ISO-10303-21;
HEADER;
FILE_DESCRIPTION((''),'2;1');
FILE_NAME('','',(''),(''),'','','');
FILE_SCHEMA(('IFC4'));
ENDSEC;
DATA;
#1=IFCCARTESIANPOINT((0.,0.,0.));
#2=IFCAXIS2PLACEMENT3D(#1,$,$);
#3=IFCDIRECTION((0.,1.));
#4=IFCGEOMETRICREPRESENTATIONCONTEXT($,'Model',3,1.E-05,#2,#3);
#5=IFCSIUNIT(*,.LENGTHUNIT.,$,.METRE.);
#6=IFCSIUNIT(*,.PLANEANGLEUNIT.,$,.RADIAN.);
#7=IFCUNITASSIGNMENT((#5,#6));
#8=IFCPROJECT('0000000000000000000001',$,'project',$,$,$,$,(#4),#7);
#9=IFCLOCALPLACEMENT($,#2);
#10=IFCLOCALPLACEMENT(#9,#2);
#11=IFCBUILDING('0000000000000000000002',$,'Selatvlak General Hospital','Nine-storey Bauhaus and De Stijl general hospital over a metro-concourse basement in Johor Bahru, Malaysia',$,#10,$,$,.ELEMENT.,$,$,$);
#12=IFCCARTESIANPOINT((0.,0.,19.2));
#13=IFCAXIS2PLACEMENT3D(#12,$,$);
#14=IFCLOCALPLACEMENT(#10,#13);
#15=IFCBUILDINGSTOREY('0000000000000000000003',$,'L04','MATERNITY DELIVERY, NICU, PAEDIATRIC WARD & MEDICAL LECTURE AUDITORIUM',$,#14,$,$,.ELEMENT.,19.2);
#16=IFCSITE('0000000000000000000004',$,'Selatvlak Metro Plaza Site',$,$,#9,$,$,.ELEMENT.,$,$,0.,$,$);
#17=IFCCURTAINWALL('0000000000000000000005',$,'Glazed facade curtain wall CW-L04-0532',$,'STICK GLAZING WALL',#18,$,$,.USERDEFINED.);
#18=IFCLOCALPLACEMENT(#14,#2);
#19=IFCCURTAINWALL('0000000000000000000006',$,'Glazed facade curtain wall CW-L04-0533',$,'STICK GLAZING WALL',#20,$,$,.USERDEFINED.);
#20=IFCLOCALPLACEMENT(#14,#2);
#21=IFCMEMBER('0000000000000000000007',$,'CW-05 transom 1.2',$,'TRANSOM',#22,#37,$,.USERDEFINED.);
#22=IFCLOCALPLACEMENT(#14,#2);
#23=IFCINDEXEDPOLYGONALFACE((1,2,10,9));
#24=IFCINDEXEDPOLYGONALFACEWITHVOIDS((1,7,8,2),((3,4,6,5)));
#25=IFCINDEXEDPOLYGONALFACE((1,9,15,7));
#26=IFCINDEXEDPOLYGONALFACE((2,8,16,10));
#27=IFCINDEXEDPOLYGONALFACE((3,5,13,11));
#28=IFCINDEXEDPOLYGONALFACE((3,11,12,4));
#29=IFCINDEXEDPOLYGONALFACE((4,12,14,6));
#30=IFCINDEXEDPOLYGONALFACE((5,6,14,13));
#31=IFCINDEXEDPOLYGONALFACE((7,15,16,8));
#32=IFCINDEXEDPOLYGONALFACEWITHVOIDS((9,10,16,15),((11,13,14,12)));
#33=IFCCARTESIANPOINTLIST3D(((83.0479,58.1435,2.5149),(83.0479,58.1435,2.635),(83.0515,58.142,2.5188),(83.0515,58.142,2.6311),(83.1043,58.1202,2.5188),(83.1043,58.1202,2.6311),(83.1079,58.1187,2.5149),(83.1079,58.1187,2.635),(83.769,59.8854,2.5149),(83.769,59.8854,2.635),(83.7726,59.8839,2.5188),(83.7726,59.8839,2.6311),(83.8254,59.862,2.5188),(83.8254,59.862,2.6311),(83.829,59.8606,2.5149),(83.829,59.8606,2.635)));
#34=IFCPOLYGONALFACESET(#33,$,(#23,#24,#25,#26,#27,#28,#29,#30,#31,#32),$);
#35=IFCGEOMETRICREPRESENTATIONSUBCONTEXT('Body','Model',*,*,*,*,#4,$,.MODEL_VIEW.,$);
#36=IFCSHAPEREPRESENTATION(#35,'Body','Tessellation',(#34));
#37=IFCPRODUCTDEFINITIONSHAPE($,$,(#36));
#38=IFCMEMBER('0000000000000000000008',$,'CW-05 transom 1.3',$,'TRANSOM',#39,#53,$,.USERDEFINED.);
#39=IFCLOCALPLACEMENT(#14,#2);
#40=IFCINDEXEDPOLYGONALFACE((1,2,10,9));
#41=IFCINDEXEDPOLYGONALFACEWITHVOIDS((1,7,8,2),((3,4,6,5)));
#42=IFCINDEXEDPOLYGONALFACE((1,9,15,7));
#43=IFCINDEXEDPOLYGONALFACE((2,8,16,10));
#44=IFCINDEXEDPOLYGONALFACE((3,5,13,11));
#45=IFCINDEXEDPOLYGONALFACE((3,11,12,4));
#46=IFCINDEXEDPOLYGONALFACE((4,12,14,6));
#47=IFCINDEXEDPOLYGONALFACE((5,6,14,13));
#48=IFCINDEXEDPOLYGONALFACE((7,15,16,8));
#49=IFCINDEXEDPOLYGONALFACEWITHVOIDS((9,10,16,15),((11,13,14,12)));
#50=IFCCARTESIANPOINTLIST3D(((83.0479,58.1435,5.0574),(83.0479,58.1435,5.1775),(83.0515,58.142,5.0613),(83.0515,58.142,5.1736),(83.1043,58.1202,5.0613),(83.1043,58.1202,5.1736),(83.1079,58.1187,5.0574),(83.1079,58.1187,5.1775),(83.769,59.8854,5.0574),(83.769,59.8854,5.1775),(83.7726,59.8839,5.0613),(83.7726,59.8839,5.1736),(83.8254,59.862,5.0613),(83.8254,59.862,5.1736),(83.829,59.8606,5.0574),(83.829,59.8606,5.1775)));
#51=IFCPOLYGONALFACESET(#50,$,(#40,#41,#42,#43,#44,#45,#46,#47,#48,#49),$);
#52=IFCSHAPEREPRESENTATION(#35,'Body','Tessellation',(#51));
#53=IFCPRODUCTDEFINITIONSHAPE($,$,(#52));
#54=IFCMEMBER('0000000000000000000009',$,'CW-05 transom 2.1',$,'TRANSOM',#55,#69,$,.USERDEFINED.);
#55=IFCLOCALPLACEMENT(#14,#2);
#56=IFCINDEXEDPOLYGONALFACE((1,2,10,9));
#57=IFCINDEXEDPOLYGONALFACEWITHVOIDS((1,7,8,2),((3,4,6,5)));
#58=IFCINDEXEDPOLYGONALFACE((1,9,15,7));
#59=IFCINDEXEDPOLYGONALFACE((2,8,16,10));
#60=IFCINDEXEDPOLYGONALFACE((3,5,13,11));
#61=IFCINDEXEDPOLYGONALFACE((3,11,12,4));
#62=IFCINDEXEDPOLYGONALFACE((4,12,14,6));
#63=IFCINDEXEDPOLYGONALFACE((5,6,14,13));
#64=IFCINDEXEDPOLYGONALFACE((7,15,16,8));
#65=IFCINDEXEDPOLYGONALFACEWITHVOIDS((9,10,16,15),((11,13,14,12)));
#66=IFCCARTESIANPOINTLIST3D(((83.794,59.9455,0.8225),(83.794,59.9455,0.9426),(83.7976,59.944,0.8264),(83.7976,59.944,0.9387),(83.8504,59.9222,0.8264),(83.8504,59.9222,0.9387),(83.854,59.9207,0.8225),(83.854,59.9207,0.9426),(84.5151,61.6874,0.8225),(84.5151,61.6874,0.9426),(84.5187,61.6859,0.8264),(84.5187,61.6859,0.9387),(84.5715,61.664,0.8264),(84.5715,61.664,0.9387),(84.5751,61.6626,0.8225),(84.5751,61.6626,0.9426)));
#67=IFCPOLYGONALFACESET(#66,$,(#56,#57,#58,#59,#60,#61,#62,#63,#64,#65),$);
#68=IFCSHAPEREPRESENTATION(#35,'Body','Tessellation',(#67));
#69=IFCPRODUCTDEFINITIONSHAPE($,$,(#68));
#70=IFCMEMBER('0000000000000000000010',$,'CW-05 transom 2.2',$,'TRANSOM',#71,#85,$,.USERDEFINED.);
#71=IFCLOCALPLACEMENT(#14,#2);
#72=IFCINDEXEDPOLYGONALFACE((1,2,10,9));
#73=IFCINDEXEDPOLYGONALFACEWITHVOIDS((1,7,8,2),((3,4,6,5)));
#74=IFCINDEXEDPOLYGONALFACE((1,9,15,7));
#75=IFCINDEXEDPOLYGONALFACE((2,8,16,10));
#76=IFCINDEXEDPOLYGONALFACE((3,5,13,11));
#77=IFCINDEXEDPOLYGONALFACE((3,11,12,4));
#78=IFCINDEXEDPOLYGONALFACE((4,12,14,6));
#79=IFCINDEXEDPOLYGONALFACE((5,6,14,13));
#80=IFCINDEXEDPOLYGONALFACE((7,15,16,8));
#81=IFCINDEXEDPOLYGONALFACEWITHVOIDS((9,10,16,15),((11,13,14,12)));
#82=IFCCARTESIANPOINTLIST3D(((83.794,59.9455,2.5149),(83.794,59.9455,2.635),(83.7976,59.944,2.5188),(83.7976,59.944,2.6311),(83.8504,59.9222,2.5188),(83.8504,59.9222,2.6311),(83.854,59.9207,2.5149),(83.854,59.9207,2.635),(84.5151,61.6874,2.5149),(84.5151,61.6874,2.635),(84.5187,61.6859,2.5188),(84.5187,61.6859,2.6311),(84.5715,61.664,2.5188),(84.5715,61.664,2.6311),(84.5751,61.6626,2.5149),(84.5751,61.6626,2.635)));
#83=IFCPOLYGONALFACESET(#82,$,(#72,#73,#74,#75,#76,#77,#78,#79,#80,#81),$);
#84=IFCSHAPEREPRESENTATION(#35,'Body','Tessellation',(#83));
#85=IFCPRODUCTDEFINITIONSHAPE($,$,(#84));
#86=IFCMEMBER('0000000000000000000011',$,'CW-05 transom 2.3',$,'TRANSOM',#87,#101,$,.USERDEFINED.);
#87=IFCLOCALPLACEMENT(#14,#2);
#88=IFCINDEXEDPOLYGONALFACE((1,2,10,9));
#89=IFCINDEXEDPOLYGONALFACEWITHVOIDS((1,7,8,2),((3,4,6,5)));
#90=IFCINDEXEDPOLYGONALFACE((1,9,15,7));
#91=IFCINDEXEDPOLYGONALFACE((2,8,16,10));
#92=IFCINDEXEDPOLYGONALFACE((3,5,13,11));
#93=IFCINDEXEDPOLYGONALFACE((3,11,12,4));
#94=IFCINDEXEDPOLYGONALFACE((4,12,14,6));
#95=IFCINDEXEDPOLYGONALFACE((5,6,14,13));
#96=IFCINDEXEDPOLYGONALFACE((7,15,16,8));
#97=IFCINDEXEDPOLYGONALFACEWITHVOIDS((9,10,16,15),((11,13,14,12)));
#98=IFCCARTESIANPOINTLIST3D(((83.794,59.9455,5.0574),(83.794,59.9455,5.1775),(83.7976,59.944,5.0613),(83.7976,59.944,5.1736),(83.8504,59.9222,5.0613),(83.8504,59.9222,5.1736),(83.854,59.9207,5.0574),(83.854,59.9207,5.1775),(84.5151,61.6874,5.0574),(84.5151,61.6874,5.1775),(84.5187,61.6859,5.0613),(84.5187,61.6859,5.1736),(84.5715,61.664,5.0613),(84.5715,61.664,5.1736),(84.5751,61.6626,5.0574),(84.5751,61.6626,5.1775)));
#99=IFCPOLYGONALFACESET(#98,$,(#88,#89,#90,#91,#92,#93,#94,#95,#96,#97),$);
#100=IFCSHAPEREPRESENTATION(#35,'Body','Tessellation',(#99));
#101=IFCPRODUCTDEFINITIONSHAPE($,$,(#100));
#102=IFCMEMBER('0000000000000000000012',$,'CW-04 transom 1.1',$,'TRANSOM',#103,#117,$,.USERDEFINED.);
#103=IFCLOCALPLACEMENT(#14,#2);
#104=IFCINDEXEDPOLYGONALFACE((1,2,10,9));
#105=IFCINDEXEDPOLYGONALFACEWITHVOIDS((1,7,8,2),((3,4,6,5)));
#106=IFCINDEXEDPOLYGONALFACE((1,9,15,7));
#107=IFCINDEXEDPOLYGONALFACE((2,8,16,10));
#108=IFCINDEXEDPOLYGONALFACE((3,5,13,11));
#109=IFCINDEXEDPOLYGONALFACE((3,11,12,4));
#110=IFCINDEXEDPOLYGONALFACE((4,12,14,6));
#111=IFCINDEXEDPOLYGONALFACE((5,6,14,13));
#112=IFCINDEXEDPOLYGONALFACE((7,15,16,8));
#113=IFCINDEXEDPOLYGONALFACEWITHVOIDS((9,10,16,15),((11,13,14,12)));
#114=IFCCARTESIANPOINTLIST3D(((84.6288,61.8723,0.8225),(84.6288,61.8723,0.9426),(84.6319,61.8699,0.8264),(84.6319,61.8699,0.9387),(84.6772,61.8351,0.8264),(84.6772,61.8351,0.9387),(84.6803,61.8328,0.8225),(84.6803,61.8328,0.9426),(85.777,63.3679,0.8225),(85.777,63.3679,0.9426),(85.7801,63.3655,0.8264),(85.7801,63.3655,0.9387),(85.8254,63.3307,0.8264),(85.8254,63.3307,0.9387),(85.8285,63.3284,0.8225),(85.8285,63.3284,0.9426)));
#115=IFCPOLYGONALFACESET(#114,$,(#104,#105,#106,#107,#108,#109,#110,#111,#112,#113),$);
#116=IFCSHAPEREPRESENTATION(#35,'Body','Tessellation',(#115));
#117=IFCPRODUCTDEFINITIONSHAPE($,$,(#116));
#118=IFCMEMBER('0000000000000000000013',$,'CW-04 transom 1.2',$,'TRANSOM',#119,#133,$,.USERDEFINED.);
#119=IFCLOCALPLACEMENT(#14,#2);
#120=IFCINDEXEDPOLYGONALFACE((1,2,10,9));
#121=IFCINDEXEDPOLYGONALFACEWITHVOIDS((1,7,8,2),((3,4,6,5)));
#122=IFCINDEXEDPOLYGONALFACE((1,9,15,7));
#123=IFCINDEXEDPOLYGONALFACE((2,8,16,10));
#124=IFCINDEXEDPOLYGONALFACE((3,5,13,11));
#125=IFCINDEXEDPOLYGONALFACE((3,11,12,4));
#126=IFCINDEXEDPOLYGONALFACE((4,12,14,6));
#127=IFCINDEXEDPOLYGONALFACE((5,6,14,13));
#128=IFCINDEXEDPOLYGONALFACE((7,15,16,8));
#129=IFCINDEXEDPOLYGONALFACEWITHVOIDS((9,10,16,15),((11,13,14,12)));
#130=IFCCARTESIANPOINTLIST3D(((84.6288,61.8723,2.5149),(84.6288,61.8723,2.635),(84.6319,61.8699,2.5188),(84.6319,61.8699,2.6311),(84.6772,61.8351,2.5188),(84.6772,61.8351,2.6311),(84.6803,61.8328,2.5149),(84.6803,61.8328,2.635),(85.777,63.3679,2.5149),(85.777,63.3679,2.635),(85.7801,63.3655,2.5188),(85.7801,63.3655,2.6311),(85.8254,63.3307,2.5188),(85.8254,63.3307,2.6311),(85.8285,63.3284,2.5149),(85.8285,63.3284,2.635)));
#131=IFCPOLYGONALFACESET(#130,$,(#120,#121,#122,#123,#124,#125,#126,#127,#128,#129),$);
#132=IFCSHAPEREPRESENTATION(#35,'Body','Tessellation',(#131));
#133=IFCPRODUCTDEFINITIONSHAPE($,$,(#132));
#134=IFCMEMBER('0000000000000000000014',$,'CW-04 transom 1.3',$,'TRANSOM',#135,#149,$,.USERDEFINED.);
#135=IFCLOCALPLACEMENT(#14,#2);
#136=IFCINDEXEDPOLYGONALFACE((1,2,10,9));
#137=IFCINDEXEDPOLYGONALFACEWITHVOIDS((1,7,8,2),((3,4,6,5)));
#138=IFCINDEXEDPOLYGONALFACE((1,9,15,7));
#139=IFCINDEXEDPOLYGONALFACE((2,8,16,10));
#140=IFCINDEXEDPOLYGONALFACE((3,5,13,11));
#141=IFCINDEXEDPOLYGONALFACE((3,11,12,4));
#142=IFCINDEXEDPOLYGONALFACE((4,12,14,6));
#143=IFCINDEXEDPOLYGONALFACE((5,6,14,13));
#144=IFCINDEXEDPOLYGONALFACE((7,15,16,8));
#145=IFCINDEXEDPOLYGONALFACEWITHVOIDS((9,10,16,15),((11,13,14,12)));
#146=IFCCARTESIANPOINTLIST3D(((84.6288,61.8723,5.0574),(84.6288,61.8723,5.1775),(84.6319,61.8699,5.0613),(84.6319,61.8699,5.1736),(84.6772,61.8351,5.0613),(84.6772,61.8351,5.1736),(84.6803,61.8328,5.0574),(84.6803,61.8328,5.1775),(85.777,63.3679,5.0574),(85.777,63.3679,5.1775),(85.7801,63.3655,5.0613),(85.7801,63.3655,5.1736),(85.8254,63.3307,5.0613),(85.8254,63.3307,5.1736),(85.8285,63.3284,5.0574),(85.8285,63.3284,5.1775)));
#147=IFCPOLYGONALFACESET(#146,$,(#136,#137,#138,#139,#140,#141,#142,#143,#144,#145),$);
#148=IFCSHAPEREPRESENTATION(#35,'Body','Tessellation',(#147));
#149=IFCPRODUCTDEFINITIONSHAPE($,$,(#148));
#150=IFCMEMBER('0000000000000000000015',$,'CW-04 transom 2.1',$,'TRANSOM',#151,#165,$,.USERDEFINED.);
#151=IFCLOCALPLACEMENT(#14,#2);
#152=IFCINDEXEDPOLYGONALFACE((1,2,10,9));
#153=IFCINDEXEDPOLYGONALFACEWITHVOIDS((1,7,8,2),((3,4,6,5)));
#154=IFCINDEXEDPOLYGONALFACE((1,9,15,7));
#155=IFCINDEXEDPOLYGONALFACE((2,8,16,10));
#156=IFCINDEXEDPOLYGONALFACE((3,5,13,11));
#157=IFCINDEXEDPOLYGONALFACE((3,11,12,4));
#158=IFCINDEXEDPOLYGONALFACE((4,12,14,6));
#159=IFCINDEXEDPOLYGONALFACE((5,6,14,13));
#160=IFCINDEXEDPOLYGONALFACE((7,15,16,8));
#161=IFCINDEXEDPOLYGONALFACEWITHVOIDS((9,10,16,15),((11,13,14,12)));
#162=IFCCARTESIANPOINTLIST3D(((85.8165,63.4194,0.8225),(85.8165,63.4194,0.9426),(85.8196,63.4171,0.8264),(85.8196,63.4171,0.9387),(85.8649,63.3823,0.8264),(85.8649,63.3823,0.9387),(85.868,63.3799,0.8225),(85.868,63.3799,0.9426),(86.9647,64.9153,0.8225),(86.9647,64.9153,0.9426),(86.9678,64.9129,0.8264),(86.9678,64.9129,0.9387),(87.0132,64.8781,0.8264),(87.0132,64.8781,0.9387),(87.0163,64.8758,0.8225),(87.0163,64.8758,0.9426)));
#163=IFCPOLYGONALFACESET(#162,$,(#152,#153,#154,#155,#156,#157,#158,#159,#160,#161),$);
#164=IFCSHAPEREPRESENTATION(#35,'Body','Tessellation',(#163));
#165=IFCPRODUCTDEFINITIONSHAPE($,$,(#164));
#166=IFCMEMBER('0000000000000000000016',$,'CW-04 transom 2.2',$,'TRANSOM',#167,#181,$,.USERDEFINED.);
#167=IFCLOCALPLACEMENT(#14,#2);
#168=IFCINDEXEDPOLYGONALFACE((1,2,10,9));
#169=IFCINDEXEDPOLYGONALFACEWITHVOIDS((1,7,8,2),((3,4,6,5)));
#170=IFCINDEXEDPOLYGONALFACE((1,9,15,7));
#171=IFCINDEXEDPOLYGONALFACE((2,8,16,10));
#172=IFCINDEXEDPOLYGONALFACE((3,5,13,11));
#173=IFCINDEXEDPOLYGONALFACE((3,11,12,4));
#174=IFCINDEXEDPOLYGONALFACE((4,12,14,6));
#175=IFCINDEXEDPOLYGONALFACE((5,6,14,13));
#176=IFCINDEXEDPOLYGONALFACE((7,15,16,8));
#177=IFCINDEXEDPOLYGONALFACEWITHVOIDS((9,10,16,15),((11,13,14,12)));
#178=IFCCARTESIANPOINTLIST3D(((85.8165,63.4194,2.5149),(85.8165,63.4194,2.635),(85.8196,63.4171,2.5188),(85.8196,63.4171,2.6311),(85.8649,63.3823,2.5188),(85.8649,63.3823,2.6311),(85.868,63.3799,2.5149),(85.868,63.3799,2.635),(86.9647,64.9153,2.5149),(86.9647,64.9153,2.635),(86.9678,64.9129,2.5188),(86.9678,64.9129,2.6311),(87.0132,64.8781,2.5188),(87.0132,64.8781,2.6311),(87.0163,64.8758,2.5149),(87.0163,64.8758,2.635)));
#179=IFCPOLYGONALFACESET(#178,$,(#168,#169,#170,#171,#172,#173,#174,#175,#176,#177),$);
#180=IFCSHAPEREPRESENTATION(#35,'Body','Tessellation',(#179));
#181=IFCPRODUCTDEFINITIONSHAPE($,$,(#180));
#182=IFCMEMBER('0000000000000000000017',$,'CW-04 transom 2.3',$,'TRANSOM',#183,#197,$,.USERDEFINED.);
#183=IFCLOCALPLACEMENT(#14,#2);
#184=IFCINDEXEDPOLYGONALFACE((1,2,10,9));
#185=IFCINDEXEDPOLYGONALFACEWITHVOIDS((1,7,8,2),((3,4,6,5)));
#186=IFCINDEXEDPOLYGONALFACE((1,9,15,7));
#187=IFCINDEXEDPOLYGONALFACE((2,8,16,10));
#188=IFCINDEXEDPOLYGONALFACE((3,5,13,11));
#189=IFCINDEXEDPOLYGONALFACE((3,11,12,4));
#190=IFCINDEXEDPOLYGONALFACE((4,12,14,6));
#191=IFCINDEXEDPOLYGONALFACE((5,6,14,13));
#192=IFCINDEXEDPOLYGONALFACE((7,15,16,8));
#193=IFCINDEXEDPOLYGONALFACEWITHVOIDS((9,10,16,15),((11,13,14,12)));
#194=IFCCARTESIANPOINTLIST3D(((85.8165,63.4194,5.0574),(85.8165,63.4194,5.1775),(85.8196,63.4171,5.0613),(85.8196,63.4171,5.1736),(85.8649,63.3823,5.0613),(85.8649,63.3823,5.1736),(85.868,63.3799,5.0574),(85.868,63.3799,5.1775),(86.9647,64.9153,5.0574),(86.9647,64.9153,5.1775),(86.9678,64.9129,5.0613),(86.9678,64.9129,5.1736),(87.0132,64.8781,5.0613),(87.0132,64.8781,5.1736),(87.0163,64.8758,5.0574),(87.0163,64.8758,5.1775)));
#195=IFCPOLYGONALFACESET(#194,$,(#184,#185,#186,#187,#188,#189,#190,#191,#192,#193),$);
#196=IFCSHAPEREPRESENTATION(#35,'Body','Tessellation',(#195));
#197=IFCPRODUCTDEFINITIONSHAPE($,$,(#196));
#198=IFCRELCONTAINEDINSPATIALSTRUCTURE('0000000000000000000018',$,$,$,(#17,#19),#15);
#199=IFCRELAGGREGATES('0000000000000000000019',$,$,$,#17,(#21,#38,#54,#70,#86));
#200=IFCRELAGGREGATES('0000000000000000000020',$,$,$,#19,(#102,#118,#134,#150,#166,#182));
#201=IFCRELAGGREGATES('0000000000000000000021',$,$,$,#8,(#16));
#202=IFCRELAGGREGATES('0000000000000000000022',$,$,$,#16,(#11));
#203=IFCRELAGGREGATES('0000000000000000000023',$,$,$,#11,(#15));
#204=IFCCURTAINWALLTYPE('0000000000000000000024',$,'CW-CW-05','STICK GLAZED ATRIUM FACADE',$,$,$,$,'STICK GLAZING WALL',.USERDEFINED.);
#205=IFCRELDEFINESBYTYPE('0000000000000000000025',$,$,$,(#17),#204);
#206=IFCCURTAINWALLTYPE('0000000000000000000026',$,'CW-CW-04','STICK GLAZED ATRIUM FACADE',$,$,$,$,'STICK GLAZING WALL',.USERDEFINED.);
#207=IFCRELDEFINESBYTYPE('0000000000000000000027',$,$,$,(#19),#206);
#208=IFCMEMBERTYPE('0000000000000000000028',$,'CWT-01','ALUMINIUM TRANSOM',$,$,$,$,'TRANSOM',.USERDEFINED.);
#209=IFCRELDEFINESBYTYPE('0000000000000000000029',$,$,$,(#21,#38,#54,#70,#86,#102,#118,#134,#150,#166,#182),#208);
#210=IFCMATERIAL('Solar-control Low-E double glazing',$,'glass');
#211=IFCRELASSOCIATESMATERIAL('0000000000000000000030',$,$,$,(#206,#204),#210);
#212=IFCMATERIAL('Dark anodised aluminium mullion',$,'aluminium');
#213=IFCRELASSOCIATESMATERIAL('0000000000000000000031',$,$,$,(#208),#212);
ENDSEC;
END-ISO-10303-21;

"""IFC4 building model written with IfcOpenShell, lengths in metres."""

from ifc_helpers import new_model, si_unit, direction, frame, origin, origin_2d, place, context, subcontext, project, spatial, hollow_rectangle, extrude, material, material_profile, profile_set, type_object, element, aggregate, save


model = new_model("IFC4")

# Units and contexts
model_context = context("Model", 3, precision=1e-05, world=origin(), true_north=direction((0.0, 1.0)))
body_context = subcontext(model_context, "Body", "Model", "MODEL_VIEW")
ifc_project = project(units=[si_unit("LENGTHUNIT", "METRE"), si_unit("PLANEANGLEUNIT", "RADIAN")], contexts=[model_context])

# Site, building, storey
site_placement = place(None, origin())
site = spatial("IfcSite", under=ifc_project, at=site_placement, Name="Selatvlak Metro Plaza Site", CompositionType="ELEMENT", RefElevation=0.0)
building_placement = place(site_placement, origin())
building = spatial("IfcBuilding", under=site, at=building_placement, Name="Selatvlak General Hospital", Description="Nine-storey Bauhaus and De Stijl general hospital over a metro-concourse basement in Johor Bahru, Malaysia", CompositionType="ELEMENT")
storey_placement = place(building_placement, frame((0.0, 0.0, 19.2)))
storey = spatial("IfcBuildingStorey", under=building, at=storey_placement, Name="L04", Description="MATERNITY DELIVERY, NICU, PAEDIATRIC WARD & MEDICAL LECTURE AUDITORIUM", CompositionType="ELEMENT", Elevation=19.2)

# Shared definitions
ifc_material_1 = material(Name="Solar-control Low-E double glazing", Category="glass")
curtain_wall_type_1 = type_object("IfcCurtainWallType", Name="CW-CW-04", Description="STICK GLAZED ATRIUM FACADE", ElementType="STICK GLAZING WALL", PredefinedType="USERDEFINED", material=ifc_material_1)
ifc_material_2 = material(Name="Dark anodised aluminium mullion", Category="aluminium")

# Curtain walls
curtain_wall_type_2 = type_object("IfcCurtainWallType", Name="CW-CW-05", Description="STICK GLAZED ATRIUM FACADE", ElementType="STICK GLAZING WALL", PredefinedType="USERDEFINED", material=ifc_material_1)
curtain_wall_1_placement = place(storey_placement, origin())
curtain_wall_1 = element("IfcCurtainWall", 1, at=curtain_wall_1_placement, inside=storey, type_object=curtain_wall_type_2, Name="Glazed facade curtain wall CW-L04-0532", ObjectType="STICK GLAZING WALL", PredefinedType="USERDEFINED")
curtain_wall_2_placement = place(storey_placement, origin())
curtain_wall_2 = element("IfcCurtainWall", 2, at=curtain_wall_2_placement, inside=storey, type_object=curtain_wall_type_1, Name="Glazed facade curtain wall CW-L04-0533", ObjectType="STICK GLAZING WALL", PredefinedType="USERDEFINED")

# Members
ifc_material_profile_1 = material_profile(ifc_material_2, hollow_rectangle(XDim=0.0649, YDim=0.1201, WallThickness=0.0039, at=origin_2d()), Name="AL-TRN 65x120x4")
ifc_profile_set_1 = profile_set([ifc_material_profile_1], Name="Dark anodised aluminium mullion")
member_type_1 = type_object("IfcMemberType", Name="CWT-01", Description="ALUMINIUM TRANSOM", ElementType="TRANSOM", PredefinedType="USERDEFINED", material=ifc_profile_set_1)
member_1_placement = place(storey_placement, frame((83.0779, 58.1311, 2.575), z_axis=(0.382527, 0.923944, 0.0), x_axis=(-0.923944, 0.382527, 0.0)))
member_1 = element("IfcMember", 3, at=member_1_placement, type_object=member_type_1, Name="CW-05 transom 1.2", ObjectType="TRANSOM", PredefinedType="USERDEFINED", context=body_context, shape_type="SweptSolid", body=[
    extrude(hollow_rectangle(XDim=0.0649, YDim=0.1201, WallThickness=0.0039, at=origin_2d()), origin(), (0.0, 0.0, 1.0), 1.8853),
])
member_2_placement = place(storey_placement, frame((83.0779, 58.1311, 5.1174), z_axis=(0.382527, 0.923944, 0.0), x_axis=(-0.923944, 0.382527, 0.0)))
member_2 = element("IfcMember", 4, at=member_2_placement, type_object=member_type_1, Name="CW-05 transom 1.3", ObjectType="TRANSOM", PredefinedType="USERDEFINED", context=body_context, shape_type="SweptSolid", body=[
    extrude(hollow_rectangle(XDim=0.0649, YDim=0.1201, WallThickness=0.0039, at=origin_2d()), origin(), (0.0, 0.0, 1.0), 1.8853),
])
member_3_placement = place(storey_placement, frame((83.824, 59.9331, 0.8826), z_axis=(0.382527, 0.923944, 0.0), x_axis=(-0.923944, 0.382527, 0.0)))
member_3 = element("IfcMember", 5, at=member_3_placement, type_object=member_type_1, Name="CW-05 transom 2.1", ObjectType="TRANSOM", PredefinedType="USERDEFINED", context=body_context, shape_type="SweptSolid", body=[
    extrude(hollow_rectangle(XDim=0.0649, YDim=0.1201, WallThickness=0.0039, at=origin_2d()), origin(), (0.0, 0.0, 1.0), 1.8853),
])
member_4_placement = place(storey_placement, frame((83.824, 59.9331, 2.575), z_axis=(0.382527, 0.923944, 0.0), x_axis=(-0.923944, 0.382527, 0.0)))
member_4 = element("IfcMember", 6, at=member_4_placement, type_object=member_type_1, Name="CW-05 transom 2.2", ObjectType="TRANSOM", PredefinedType="USERDEFINED", context=body_context, shape_type="SweptSolid", body=[
    extrude(hollow_rectangle(XDim=0.0649, YDim=0.1201, WallThickness=0.0039, at=origin_2d()), origin(), (0.0, 0.0, 1.0), 1.8853),
])
member_5_placement = place(storey_placement, frame((83.824, 59.9331, 5.1174), z_axis=(0.382527, 0.923944, 0.0), x_axis=(-0.923944, 0.382527, 0.0)))
member_5 = element("IfcMember", 7, at=member_5_placement, type_object=member_type_1, Name="CW-05 transom 2.3", ObjectType="TRANSOM", PredefinedType="USERDEFINED", context=body_context, shape_type="SweptSolid", body=[
    extrude(hollow_rectangle(XDim=0.0649, YDim=0.1201, WallThickness=0.0039, at=origin_2d()), origin(), (0.0, 0.0, 1.0), 1.8853),
])
member_6_placement = place(storey_placement, frame((84.6545, 61.8525, 0.8826), z_axis=(0.608953, 0.793206, 0.0), x_axis=(-0.793206, 0.608953, 0.0)))
member_6 = element("IfcMember", 8, at=member_6_placement, type_object=member_type_1, Name="CW-04 transom 1.1", ObjectType="TRANSOM", PredefinedType="USERDEFINED", context=body_context, shape_type="SweptSolid", body=[
    extrude(hollow_rectangle(XDim=0.0649, YDim=0.1201, WallThickness=0.0039, at=origin_2d()), origin(), (0.0, 0.0, 1.0), 1.8855),
])
member_7_placement = place(storey_placement, frame((84.6545, 61.8525, 2.575), z_axis=(0.608953, 0.793206, 0.0), x_axis=(-0.793206, 0.608953, 0.0)))
member_7 = element("IfcMember", 9, at=member_7_placement, type_object=member_type_1, Name="CW-04 transom 1.2", ObjectType="TRANSOM", PredefinedType="USERDEFINED", context=body_context, shape_type="SweptSolid", body=[
    extrude(hollow_rectangle(XDim=0.0649, YDim=0.1201, WallThickness=0.0039, at=origin_2d()), origin(), (0.0, 0.0, 1.0), 1.8855),
])
member_8_placement = place(storey_placement, frame((84.6545, 61.8525, 5.1174), z_axis=(0.608953, 0.793206, 0.0), x_axis=(-0.793206, 0.608953, 0.0)))
member_8 = element("IfcMember", 10, at=member_8_placement, type_object=member_type_1, Name="CW-04 transom 1.3", ObjectType="TRANSOM", PredefinedType="USERDEFINED", context=body_context, shape_type="SweptSolid", body=[
    extrude(hollow_rectangle(XDim=0.0649, YDim=0.1201, WallThickness=0.0039, at=origin_2d()), origin(), (0.0, 0.0, 1.0), 1.8855),
])
member_9_placement = place(storey_placement, frame((85.8423, 63.3997, 0.8826), z_axis=(0.608891, 0.793254, 0.0), x_axis=(-0.793254, 0.608891, 0.0)))
member_9 = element("IfcMember", 11, at=member_9_placement, type_object=member_type_1, Name="CW-04 transom 2.1", ObjectType="TRANSOM", PredefinedType="USERDEFINED", context=body_context, shape_type="SweptSolid", body=[
    extrude(hollow_rectangle(XDim=0.0649, YDim=0.1201, WallThickness=0.0039, at=origin_2d()), origin(), (0.0, 0.0, 1.0), 1.8857),
])
member_10_placement = place(storey_placement, frame((85.8423, 63.3997, 2.575), z_axis=(0.608891, 0.793254, 0.0), x_axis=(-0.793254, 0.608891, 0.0)))
member_10 = element("IfcMember", 12, at=member_10_placement, type_object=member_type_1, Name="CW-04 transom 2.2", ObjectType="TRANSOM", PredefinedType="USERDEFINED", context=body_context, shape_type="SweptSolid", body=[
    extrude(hollow_rectangle(XDim=0.0649, YDim=0.1201, WallThickness=0.0039, at=origin_2d()), origin(), (0.0, 0.0, 1.0), 1.8857),
])
member_11_placement = place(storey_placement, frame((85.8423, 63.3997, 5.1174), z_axis=(0.608891, 0.793254, 0.0), x_axis=(-0.793254, 0.608891, 0.0)))
member_11 = element("IfcMember", 13, at=member_11_placement, type_object=member_type_1, Name="CW-04 transom 2.3", ObjectType="TRANSOM", PredefinedType="USERDEFINED", context=body_context, shape_type="SweptSolid", body=[
    extrude(hollow_rectangle(XDim=0.0649, YDim=0.1201, WallThickness=0.0039, at=origin_2d()), origin(), (0.0, 0.0, 1.0), 1.8857),
])

aggregate(curtain_wall_1, [member_1, member_2, member_3, member_4, member_5])
aggregate(curtain_wall_2, [member_6, member_7, member_8, member_9, member_10, member_11])

save(model, "model.ifc")
